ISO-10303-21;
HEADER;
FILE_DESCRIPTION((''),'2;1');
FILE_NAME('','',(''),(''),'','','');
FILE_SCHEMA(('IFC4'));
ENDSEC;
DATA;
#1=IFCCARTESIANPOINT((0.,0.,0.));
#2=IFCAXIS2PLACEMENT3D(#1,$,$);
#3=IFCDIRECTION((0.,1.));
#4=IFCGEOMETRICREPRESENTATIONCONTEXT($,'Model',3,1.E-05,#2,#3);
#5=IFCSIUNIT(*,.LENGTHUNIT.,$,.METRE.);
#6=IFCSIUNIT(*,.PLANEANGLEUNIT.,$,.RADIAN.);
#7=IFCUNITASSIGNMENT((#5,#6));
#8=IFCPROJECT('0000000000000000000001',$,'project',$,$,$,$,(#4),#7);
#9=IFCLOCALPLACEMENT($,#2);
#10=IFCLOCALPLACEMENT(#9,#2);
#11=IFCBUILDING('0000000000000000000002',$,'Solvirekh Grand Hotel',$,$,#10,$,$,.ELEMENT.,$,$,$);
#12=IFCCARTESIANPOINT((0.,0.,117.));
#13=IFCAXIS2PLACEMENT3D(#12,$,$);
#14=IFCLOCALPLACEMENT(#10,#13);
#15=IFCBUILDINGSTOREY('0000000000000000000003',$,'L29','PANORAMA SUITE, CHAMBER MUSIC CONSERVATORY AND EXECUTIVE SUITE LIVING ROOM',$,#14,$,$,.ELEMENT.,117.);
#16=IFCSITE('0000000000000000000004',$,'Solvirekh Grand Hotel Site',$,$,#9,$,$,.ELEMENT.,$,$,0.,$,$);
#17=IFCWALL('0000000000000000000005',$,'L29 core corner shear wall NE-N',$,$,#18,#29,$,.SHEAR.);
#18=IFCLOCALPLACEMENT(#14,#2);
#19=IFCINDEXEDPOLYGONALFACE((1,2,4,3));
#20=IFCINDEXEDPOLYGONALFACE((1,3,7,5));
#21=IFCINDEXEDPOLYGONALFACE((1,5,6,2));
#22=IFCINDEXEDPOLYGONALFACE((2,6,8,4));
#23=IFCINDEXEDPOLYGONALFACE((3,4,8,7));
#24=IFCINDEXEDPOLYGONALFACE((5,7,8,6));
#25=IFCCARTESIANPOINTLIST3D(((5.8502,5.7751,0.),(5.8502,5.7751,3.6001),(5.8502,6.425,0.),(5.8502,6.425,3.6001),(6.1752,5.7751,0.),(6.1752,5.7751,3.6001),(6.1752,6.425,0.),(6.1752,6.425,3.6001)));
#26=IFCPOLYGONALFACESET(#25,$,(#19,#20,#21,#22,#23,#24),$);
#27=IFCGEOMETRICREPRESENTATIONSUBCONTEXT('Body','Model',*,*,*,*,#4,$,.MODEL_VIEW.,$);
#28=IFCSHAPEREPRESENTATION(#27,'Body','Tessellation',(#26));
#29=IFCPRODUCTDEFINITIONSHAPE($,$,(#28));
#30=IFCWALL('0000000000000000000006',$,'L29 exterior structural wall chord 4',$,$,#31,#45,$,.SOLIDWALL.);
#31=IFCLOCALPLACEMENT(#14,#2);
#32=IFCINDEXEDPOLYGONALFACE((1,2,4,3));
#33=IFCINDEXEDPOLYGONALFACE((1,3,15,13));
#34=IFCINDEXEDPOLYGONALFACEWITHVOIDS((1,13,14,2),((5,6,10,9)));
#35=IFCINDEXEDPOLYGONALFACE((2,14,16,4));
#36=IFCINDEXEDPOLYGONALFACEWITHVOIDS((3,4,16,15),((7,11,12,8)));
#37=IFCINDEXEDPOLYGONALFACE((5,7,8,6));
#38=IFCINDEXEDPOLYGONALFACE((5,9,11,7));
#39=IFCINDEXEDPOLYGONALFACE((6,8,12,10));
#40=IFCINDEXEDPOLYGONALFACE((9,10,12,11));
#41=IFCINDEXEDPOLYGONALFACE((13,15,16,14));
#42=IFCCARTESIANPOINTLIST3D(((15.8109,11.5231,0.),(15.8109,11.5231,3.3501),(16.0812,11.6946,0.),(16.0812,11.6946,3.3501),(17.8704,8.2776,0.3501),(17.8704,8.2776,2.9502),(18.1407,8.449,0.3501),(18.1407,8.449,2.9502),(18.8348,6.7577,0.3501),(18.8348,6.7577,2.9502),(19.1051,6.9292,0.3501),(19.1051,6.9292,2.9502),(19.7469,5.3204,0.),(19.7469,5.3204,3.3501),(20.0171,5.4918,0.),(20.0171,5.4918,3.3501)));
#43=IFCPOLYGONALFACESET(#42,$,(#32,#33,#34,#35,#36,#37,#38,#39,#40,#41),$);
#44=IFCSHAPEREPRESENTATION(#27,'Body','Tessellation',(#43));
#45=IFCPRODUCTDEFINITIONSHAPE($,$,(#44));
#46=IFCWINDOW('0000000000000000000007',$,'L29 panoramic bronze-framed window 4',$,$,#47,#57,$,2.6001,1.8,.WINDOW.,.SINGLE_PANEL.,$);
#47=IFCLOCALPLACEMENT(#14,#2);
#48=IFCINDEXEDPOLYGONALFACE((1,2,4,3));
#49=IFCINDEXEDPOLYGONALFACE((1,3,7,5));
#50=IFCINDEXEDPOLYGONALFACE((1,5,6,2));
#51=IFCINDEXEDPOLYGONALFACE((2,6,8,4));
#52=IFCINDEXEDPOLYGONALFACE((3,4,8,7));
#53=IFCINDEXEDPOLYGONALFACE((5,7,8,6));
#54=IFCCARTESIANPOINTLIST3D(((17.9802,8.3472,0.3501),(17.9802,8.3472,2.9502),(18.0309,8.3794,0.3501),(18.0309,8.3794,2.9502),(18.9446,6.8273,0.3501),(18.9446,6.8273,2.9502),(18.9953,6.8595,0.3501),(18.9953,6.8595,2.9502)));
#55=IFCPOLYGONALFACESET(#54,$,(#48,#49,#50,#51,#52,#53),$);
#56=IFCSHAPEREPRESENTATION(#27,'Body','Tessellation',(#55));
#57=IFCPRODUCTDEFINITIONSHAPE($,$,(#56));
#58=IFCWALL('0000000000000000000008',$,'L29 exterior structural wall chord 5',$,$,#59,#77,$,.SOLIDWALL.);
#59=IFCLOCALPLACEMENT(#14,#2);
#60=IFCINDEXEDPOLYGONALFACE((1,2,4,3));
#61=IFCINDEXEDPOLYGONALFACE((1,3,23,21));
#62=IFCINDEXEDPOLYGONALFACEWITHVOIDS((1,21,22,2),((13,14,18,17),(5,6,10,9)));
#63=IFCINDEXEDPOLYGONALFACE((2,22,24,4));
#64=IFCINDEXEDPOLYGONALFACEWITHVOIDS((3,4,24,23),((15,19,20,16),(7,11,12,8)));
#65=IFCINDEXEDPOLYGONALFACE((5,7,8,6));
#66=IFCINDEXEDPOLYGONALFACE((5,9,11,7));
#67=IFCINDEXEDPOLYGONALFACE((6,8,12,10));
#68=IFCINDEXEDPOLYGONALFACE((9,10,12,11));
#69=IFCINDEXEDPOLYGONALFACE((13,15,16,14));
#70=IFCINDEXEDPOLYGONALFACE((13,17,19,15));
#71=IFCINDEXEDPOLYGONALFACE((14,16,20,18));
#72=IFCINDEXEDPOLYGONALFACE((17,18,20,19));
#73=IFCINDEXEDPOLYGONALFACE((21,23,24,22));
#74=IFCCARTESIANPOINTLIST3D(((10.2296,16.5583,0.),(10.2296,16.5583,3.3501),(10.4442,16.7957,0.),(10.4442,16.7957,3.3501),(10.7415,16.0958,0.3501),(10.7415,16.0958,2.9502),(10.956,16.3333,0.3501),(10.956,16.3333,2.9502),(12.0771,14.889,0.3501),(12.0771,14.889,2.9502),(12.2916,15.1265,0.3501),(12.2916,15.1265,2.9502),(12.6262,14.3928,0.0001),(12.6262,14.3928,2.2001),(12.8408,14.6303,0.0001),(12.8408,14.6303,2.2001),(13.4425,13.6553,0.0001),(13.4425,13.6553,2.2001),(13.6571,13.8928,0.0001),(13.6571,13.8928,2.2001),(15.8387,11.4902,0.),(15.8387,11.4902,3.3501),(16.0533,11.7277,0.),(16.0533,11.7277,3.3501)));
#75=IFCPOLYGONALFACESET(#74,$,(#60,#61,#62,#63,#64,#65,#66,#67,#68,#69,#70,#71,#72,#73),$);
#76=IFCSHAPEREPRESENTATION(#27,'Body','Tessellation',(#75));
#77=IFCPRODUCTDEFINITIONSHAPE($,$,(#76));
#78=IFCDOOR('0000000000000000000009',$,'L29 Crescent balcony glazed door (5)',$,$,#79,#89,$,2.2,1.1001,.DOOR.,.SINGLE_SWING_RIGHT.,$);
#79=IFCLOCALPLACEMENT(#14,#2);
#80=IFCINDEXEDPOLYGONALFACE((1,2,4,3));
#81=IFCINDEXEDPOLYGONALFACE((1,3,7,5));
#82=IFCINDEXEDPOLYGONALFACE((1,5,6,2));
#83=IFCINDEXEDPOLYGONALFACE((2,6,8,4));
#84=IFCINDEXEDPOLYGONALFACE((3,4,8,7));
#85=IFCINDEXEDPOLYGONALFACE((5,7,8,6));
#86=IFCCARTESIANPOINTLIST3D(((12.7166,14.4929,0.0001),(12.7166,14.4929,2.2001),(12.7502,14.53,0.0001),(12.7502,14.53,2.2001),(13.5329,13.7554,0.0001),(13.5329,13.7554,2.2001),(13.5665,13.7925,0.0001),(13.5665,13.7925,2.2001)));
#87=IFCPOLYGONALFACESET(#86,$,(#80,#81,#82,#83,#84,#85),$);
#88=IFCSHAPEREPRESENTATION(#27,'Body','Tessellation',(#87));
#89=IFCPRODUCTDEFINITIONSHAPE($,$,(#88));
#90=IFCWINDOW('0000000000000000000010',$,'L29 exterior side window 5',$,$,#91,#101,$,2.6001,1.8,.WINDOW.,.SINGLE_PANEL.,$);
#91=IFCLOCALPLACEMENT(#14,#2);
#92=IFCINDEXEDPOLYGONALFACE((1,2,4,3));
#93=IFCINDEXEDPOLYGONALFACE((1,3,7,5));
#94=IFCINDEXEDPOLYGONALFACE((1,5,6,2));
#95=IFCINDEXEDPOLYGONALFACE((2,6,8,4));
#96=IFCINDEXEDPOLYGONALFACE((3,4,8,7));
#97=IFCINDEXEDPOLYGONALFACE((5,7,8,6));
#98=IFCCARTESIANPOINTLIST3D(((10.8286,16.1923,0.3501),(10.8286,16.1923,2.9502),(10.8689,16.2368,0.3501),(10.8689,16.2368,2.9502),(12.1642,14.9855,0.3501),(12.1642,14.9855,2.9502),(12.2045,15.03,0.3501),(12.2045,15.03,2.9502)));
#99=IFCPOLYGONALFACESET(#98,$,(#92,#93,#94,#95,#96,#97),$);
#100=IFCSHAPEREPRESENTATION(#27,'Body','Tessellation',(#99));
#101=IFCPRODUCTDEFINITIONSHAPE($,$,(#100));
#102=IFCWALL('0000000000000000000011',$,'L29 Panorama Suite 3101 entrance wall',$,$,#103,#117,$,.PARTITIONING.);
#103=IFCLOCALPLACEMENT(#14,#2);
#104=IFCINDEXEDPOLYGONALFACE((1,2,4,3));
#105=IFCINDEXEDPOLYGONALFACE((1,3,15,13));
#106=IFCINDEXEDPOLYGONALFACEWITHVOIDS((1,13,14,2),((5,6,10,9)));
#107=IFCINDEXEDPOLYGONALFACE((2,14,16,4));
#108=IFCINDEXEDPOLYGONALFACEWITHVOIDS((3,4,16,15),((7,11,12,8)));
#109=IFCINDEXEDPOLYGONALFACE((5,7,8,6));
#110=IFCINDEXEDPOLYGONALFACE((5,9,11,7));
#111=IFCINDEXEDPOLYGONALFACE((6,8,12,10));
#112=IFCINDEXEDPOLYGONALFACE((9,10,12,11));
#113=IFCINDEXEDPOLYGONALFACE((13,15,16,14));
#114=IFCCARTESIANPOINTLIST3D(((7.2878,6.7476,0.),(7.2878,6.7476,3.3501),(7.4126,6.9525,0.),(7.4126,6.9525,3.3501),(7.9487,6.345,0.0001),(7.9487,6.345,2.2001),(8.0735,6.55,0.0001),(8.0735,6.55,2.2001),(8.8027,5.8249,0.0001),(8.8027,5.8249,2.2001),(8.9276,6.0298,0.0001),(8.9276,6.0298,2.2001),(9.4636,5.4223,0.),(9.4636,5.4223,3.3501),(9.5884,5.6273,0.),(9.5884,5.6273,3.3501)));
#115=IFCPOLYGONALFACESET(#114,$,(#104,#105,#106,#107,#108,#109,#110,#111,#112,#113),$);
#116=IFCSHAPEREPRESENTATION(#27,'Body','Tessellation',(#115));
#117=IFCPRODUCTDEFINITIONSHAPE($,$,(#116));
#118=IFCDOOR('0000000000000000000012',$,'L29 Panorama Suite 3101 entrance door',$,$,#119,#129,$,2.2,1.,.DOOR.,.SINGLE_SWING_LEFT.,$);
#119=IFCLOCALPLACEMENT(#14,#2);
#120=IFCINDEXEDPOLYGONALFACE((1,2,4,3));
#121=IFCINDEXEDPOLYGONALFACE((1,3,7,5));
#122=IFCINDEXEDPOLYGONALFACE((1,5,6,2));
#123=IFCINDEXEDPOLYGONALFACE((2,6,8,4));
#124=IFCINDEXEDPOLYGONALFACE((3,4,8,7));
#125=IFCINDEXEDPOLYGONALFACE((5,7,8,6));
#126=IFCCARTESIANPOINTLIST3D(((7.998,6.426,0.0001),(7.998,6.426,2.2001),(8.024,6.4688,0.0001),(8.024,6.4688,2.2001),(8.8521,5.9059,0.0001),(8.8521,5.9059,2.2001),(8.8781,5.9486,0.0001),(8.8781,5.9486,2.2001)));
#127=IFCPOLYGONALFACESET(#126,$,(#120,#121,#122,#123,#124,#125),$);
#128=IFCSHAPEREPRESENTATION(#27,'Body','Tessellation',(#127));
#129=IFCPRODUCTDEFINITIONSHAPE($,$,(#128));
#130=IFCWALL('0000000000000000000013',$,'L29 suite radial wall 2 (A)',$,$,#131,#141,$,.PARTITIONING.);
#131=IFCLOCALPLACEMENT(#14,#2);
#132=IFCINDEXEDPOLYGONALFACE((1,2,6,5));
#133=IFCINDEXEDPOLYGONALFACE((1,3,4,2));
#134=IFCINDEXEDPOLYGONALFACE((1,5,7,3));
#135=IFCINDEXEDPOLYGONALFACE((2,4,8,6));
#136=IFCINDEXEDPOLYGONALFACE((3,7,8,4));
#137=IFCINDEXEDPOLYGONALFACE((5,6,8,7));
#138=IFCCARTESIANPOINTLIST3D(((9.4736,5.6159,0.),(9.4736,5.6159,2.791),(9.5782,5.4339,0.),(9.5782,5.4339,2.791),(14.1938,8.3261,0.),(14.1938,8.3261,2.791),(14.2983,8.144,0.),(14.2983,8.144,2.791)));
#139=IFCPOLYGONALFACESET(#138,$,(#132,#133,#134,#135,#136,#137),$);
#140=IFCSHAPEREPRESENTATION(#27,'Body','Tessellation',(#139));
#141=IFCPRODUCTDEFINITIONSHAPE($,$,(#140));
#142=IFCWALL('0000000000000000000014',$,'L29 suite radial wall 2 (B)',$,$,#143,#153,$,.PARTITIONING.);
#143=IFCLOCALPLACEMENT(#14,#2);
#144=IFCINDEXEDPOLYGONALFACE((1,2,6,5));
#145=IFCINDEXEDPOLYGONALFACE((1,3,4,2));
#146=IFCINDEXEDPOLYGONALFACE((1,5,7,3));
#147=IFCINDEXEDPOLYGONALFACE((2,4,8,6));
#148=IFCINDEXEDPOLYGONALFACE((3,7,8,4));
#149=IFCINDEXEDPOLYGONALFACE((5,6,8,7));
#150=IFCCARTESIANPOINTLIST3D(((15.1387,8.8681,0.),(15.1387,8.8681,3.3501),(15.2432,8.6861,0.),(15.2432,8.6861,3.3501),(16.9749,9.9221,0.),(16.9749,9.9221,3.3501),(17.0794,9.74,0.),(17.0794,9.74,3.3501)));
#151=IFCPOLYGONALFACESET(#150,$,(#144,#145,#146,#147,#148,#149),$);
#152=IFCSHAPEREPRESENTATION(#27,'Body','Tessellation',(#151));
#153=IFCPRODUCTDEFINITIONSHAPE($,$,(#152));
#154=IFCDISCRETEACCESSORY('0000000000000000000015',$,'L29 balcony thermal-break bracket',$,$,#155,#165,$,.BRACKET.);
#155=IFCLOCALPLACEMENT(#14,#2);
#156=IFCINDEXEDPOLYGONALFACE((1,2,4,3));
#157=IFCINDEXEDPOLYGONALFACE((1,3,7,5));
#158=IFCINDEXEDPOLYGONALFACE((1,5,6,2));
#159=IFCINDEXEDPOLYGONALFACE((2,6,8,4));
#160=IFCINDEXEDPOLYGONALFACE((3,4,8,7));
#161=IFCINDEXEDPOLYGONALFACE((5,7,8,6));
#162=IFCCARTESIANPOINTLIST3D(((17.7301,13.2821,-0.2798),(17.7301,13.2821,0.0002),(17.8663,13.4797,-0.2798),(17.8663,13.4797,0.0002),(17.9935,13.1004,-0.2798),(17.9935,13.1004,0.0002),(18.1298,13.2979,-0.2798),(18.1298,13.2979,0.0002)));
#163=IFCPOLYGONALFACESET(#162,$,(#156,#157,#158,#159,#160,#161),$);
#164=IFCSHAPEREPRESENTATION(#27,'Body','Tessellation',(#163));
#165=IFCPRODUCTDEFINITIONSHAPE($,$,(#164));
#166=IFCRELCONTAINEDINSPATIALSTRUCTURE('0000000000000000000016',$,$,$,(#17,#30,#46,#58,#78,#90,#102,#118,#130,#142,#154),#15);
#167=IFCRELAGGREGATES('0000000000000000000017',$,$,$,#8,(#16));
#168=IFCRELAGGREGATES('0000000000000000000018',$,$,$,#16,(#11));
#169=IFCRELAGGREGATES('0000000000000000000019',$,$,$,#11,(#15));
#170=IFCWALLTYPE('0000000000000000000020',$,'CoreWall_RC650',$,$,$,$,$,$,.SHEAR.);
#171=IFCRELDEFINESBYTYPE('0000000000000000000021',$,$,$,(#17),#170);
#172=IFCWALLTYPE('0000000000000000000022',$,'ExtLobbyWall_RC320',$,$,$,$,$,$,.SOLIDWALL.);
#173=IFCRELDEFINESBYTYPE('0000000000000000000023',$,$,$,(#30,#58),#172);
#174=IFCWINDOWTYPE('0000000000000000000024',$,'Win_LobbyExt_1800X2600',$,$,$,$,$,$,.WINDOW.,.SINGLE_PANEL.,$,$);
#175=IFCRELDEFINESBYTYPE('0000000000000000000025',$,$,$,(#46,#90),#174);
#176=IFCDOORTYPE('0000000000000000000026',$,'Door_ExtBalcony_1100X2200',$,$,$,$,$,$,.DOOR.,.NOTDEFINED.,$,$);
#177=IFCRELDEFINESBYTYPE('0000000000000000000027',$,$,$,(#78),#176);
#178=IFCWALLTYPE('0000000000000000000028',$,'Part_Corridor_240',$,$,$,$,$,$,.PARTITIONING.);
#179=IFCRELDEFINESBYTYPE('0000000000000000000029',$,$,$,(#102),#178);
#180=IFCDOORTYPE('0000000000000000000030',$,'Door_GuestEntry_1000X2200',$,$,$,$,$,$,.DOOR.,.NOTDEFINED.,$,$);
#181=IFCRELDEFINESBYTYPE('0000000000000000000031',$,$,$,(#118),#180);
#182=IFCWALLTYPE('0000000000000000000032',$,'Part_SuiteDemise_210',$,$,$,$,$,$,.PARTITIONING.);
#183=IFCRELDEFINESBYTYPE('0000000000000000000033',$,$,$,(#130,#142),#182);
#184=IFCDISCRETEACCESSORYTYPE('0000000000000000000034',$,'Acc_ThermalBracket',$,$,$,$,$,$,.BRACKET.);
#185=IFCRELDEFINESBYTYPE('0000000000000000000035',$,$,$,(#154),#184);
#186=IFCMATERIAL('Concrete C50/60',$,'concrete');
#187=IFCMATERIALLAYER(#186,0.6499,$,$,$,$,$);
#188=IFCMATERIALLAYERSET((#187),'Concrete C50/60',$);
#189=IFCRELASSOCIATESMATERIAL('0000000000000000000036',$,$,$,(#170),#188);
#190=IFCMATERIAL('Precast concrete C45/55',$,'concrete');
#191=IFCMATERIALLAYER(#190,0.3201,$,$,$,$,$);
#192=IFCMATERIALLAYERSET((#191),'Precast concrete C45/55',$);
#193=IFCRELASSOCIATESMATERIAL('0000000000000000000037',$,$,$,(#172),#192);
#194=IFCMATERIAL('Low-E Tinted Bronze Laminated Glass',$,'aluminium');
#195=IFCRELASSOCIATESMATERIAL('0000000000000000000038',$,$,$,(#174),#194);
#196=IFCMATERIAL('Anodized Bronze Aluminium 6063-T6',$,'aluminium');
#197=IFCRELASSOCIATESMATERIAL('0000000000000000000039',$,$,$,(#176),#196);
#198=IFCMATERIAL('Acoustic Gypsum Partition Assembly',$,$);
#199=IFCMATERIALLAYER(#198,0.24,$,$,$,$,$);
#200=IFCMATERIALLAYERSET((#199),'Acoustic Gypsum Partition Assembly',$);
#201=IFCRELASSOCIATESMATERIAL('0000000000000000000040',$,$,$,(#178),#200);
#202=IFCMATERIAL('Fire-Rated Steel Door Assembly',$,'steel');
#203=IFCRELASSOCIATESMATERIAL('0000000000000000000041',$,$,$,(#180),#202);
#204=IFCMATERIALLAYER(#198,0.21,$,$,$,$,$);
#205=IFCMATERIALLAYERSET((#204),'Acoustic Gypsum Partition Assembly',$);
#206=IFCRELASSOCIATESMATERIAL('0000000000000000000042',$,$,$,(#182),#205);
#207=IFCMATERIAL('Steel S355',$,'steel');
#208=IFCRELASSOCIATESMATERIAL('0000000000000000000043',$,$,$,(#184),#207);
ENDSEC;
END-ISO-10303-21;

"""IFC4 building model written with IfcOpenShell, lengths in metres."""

from ifc_helpers import new_model, si_unit, direction, frame, frame_2d, origin, origin_2d, place, context, subcontext, project, spatial, rectangle, extrude, material, layer, layer_set, type_object, element, fill, save


model = new_model("IFC4")

# Units and contexts
model_context = context("Model", 3, precision=1e-05, world=origin(), true_north=direction((0.0, 1.0)))
body_context = subcontext(model_context, "Body", "Model", "MODEL_VIEW")
ifc_project = project(units=[si_unit("LENGTHUNIT", "METRE"), si_unit("PLANEANGLEUNIT", "RADIAN")], contexts=[model_context])

# Site, building, storey
site_placement = place(None, origin())
site = spatial("IfcSite", under=ifc_project, at=site_placement, Name="Solvirekh Grand Hotel Site", CompositionType="ELEMENT", RefElevation=0.0)
building_placement = place(site_placement, origin())
building = spatial("IfcBuilding", under=site, at=building_placement, Name="Solvirekh Grand Hotel", CompositionType="ELEMENT")
storey_placement = place(building_placement, frame((0.0, 0.0, 117.0)))
storey = spatial("IfcBuildingStorey", under=building, at=storey_placement, Name="L29", Description="PANORAMA SUITE, CHAMBER MUSIC CONSERVATORY AND EXECUTIVE SUITE LIVING ROOM", CompositionType="ELEMENT", Elevation=117.0)

# Shared definitions
ifc_material_1 = material(Name="Concrete C50/60", Category="concrete")

# Shared definitions
ifc_material_2 = material(Name="Steel S355", Category="steel")

# Wall
ifc_layer_1 = layer(ifc_material_1, 0.6499)
ifc_layer_set_1 = layer_set([ifc_layer_1], Name="Concrete C50/60")
wall_type_1 = type_object("IfcWallType", Name="CoreWall_RC650", PredefinedType="SHEAR", material=ifc_layer_set_1)
wall_1_placement = place(storey_placement, frame((5.8501, 6.1001, 0.0), z_axis=(0.0, 0.0, 1.0), x_axis=(1.0, 0.0, 0.0)))
element("IfcWall", 1, at=wall_1_placement, inside=storey, type_object=wall_type_1, Name="L29 core corner shear wall NE-N", PredefinedType="SHEAR", context=body_context, shape_type="SweptSolid", body=[
    extrude(rectangle(XDim=0.325, YDim=0.6499, at=frame_2d((0.1626, 0.0))), origin(), (0.0, 0.0, 1.0), 3.6001),
])

# Wall, opening, window
ifc_material_3 = material(Name="Precast concrete C45/55", Category="concrete")
ifc_layer_2 = layer(ifc_material_3, 0.3201)
ifc_layer_set_2 = layer_set([ifc_layer_2], Name="Precast concrete C45/55")
wall_type_2 = type_object("IfcWallType", Name="ExtLobbyWall_RC320", PredefinedType="SOLIDWALL", material=ifc_layer_set_2)
wall_2_placement = place(storey_placement, frame((15.946, 11.6089, 0.0), z_axis=(0.0, 0.0, 1.0), x_axis=(0.535785, -0.844355, 0.0)))
wall_2 = element("IfcWall", 2, at=wall_2_placement, inside=storey, type_object=wall_type_2, Name="L29 exterior structural wall chord 4", PredefinedType="SOLIDWALL", context=body_context, shape_type="SweptSolid", body=[
    extrude(rectangle(XDim=7.3462, YDim=0.3201, at=frame_2d((3.6731, 0.0))), origin(), (0.0, 0.0, 1.0), 3.3501),
])
opening_1_placement = place(wall_2_placement, frame((3.844, 0.0, 0.3501)))
opening_1 = element("IfcOpeningElement", 3, at=opening_1_placement, cuts=wall_2, PredefinedType="OPENING", context=body_context, shape_type="SweptSolid", body=[
    extrude(rectangle(XDim=1.8, YDim=2.6001, at=frame_2d((0.8999, 1.3))), frame((0.0, 0.1699, 0.0), z_axis=(0.0, -1.0, 0.0), x_axis=(1.0, 0.0, 0.0)), (0.0, 0.0, 1.0), 0.3401),
])
ifc_material_4 = material(Name="Low-E Tinted Bronze Laminated Glass", Category="aluminium")
window_type = type_object("IfcWindowType", Name="Win_LobbyExt_1800X2600", PartitioningType="SINGLE_PANEL", PredefinedType="WINDOW", material=ifc_material_4)
window_1_placement = place(opening_1_placement, origin())
window_1 = element("IfcWindow", 4, at=window_1_placement, inside=storey, type_object=window_type, Name="L29 panoramic bronze-framed window 4", OverallHeight=2.6001, OverallWidth=1.8, PartitioningType="SINGLE_PANEL", PredefinedType="WINDOW", context=body_context, shape_type="SweptSolid", body=[
    extrude(rectangle(XDim=1.8, YDim=2.6001, at=frame_2d((0.8999, 1.3))), frame((0.0, 0.03, 0.0), z_axis=(0.0, -1.0, 0.0), x_axis=(1.0, 0.0, 0.0)), (0.0, 0.0, 1.0), 0.0601),
])
fill(opening_1, window_1)

# Wall, openings, door, window
wall_3_placement = place(storey_placement, frame((10.3369, 16.677, 0.0), z_axis=(0.0, 0.0, 1.0), x_axis=(0.741984, -0.670418, 0.0)))
wall_3 = element("IfcWall", 5, at=wall_3_placement, inside=storey, type_object=wall_type_2, Name="L29 exterior structural wall chord 5", PredefinedType="SOLIDWALL", context=body_context, shape_type="SweptSolid", body=[
    extrude(rectangle(XDim=7.5596, YDim=0.3201, at=frame_2d((3.7798, 0.0))), origin(), (0.0, 0.0, 1.0), 3.3501),
])
opening_2_placement = place(wall_3_placement, frame((0.6899, 0.0, 0.3501)))
opening_2 = element("IfcOpeningElement", 6, at=opening_2_placement, cuts=wall_3, PredefinedType="OPENING", context=body_context, shape_type="SweptSolid", body=[
    extrude(rectangle(XDim=1.8, YDim=2.6001, at=frame_2d((0.8999, 1.3))), frame((0.0, 0.1699, 0.0), z_axis=(0.0, -1.0, 0.0), x_axis=(1.0, 0.0, 0.0)), (0.0, 0.0, 1.0), 0.3401),
])
opening_3_placement = place(wall_3_placement, frame((3.23, 0.0, 0.0)))
opening_3 = element("IfcOpeningElement", 7, at=opening_3_placement, cuts=wall_3, PredefinedType="OPENING", context=body_context, shape_type="SweptSolid", body=[
    extrude(rectangle(XDim=1.1001, YDim=2.2, at=frame_2d((0.55, 1.1001))), frame((0.0, 0.1699, 0.0), z_axis=(0.0, -1.0, 0.0), x_axis=(1.0, 0.0, 0.0)), (0.0, 0.0, 1.0), 0.3401),
])
ifc_material_5 = material(Name="Anodized Bronze Aluminium 6063-T6", Category="aluminium")
door_type_1 = type_object("IfcDoorType", Name="Door_ExtBalcony_1100X2200", OperationType="NOTDEFINED", PredefinedType="DOOR", material=ifc_material_5)
door_1_placement = place(opening_3_placement, origin())
door_1 = element("IfcDoor", 8, at=door_1_placement, inside=storey, type_object=door_type_1, Name="L29 Crescent balcony glazed door (5)", OperationType="SINGLE_SWING_RIGHT", OverallHeight=2.2, OverallWidth=1.1001, PredefinedType="DOOR", context=body_context, shape_type="SweptSolid", body=[
    extrude(rectangle(XDim=1.1001, YDim=2.2, at=frame_2d((0.55, 1.1001))), frame((0.0, 0.0249, 0.0), z_axis=(0.0, -1.0, 0.0), x_axis=(1.0, 0.0, 0.0)), (0.0, 0.0, 1.0), 0.05),
])
fill(opening_3, door_1)
window_2_placement = place(opening_2_placement, origin())
window_2 = element("IfcWindow", 9, at=window_2_placement, inside=storey, type_object=window_type, Name="L29 exterior side window 5", OverallHeight=2.6001, OverallWidth=1.8, PartitioningType="SINGLE_PANEL", PredefinedType="WINDOW", context=body_context, shape_type="SweptSolid", body=[
    extrude(rectangle(XDim=1.8, YDim=2.6001, at=frame_2d((0.8999, 1.3))), frame((0.0, 0.03, 0.0), z_axis=(0.0, -1.0, 0.0), x_axis=(1.0, 0.0, 0.0)), (0.0, 0.0, 1.0), 0.0601),
])
fill(opening_2, window_2)

# Wall, opening, door
ifc_material_6 = material(Name="Acoustic Gypsum Partition Assembly")
ifc_layer_3 = layer(ifc_material_6, 0.24)
ifc_layer_set_3 = layer_set([ifc_layer_3], Name="Acoustic Gypsum Partition Assembly")
wall_type_3 = type_object("IfcWallType", Name="Part_Corridor_240", PredefinedType="PARTITIONING", material=ifc_layer_set_3)
wall_4_placement = place(storey_placement, frame((7.3501, 6.8501, 0.0), z_axis=(0.0, 0.0, 1.0), x_axis=(0.854058, -0.520178, 0.0)))
wall_4 = element("IfcWall", 10, at=wall_4_placement, inside=storey, type_object=wall_type_3, Name="L29 Panorama Suite 3101 entrance wall", PredefinedType="PARTITIONING", context=body_context, shape_type="SweptSolid", body=[
    extrude(rectangle(XDim=2.5476, YDim=0.24, at=frame_2d((1.2739, 0.0))), origin(), (0.0, 0.0, 1.0), 3.3501),
])
opening_4_placement = place(wall_4_placement, frame((0.7739, 0.0, 0.0)))
opening_4 = element("IfcOpeningElement", 11, at=opening_4_placement, cuts=wall_4, PredefinedType="OPENING", context=body_context, shape_type="SweptSolid", body=[
    extrude(rectangle(XDim=1.0, YDim=2.2, at=frame_2d((0.5, 1.1001))), frame((0.0, 0.1299, 0.0), z_axis=(0.0, -1.0, 0.0), x_axis=(1.0, 0.0, 0.0)), (0.0, 0.0, 1.0), 0.26),
])
ifc_material_7 = material(Name="Fire-Rated Steel Door Assembly", Category="steel")
door_type_2 = type_object("IfcDoorType", Name="Door_GuestEntry_1000X2200", OperationType="NOTDEFINED", PredefinedType="DOOR", material=ifc_material_7)
door_2_placement = place(opening_4_placement, origin())
door_2 = element("IfcDoor", 12, at=door_2_placement, inside=storey, type_object=door_type_2, Name="L29 Panorama Suite 3101 entrance door", OperationType="SINGLE_SWING_LEFT", OverallHeight=2.2, OverallWidth=1.0, PredefinedType="DOOR", context=body_context, shape_type="SweptSolid", body=[
    extrude(rectangle(XDim=1.0, YDim=2.2, at=frame_2d((0.5, 1.1001))), frame((0.0, 0.0249, 0.0), z_axis=(0.0, -1.0, 0.0), x_axis=(1.0, 0.0, 0.0)), (0.0, 0.0, 1.0), 0.05),
])
fill(opening_4, door_2)

# Walls
ifc_layer_4 = layer(ifc_material_6, 0.21)
ifc_layer_set_4 = layer_set([ifc_layer_4], Name="Acoustic Gypsum Partition Assembly")
wall_type_4 = type_object("IfcWallType", Name="Part_SuiteDemise_210", PredefinedType="PARTITIONING", material=ifc_layer_set_4)
wall_5_placement = place(storey_placement, frame((9.5259, 5.5249, 0.0), z_axis=(0.0, 0.0, 1.0), x_axis=(0.867217, 0.49793, 0.0)))
element("IfcWall", 13, at=wall_5_placement, inside=storey, type_object=wall_type_4, Name="L29 suite radial wall 2 (A)", PredefinedType="PARTITIONING", context=body_context, shape_type="SweptSolid", body=[
    extrude(rectangle(XDim=5.4429, YDim=0.21, at=frame_2d((2.7214, 0.0))), origin(), (0.0, 0.0, 1.0), 2.791),
])
wall_6_placement = place(storey_placement, frame((15.1909, 8.7771, 0.0), z_axis=(0.0, 0.0, 1.0), x_axis=(0.867284, 0.497815, 0.0)))
element("IfcWall", 14, at=wall_6_placement, inside=storey, type_object=wall_type_4, Name="L29 suite radial wall 2 (B)", PredefinedType="PARTITIONING", context=body_context, shape_type="SweptSolid", body=[
    extrude(rectangle(XDim=2.1172, YDim=0.21, at=frame_2d((1.0586, 0.0))), origin(), (0.0, 0.0, 1.0), 3.3501),
])

# Discrete accessory
discrete_accessory_type = type_object("IfcDiscreteAccessoryType", Name="Acc_ThermalBracket", PredefinedType="BRACKET", material=ifc_material_2)
discrete_accessory_placement = place(storey_placement, frame((17.9299, 13.29, -0.2798), z_axis=(0.0, 0.0, 1.0), x_axis=(0.823136, -0.567844, 0.0)))
element("IfcDiscreteAccessory", 15, at=discrete_accessory_placement, inside=storey, type_object=discrete_accessory_type, Name="L29 balcony thermal-break bracket", PredefinedType="BRACKET", context=body_context, shape_type="SweptSolid", body=[
    extrude(rectangle(XDim=0.3201, YDim=0.24, at=origin_2d()), origin(), (0.0, 0.0, 1.0), 0.28),
])

save(model, "model.ifc")
